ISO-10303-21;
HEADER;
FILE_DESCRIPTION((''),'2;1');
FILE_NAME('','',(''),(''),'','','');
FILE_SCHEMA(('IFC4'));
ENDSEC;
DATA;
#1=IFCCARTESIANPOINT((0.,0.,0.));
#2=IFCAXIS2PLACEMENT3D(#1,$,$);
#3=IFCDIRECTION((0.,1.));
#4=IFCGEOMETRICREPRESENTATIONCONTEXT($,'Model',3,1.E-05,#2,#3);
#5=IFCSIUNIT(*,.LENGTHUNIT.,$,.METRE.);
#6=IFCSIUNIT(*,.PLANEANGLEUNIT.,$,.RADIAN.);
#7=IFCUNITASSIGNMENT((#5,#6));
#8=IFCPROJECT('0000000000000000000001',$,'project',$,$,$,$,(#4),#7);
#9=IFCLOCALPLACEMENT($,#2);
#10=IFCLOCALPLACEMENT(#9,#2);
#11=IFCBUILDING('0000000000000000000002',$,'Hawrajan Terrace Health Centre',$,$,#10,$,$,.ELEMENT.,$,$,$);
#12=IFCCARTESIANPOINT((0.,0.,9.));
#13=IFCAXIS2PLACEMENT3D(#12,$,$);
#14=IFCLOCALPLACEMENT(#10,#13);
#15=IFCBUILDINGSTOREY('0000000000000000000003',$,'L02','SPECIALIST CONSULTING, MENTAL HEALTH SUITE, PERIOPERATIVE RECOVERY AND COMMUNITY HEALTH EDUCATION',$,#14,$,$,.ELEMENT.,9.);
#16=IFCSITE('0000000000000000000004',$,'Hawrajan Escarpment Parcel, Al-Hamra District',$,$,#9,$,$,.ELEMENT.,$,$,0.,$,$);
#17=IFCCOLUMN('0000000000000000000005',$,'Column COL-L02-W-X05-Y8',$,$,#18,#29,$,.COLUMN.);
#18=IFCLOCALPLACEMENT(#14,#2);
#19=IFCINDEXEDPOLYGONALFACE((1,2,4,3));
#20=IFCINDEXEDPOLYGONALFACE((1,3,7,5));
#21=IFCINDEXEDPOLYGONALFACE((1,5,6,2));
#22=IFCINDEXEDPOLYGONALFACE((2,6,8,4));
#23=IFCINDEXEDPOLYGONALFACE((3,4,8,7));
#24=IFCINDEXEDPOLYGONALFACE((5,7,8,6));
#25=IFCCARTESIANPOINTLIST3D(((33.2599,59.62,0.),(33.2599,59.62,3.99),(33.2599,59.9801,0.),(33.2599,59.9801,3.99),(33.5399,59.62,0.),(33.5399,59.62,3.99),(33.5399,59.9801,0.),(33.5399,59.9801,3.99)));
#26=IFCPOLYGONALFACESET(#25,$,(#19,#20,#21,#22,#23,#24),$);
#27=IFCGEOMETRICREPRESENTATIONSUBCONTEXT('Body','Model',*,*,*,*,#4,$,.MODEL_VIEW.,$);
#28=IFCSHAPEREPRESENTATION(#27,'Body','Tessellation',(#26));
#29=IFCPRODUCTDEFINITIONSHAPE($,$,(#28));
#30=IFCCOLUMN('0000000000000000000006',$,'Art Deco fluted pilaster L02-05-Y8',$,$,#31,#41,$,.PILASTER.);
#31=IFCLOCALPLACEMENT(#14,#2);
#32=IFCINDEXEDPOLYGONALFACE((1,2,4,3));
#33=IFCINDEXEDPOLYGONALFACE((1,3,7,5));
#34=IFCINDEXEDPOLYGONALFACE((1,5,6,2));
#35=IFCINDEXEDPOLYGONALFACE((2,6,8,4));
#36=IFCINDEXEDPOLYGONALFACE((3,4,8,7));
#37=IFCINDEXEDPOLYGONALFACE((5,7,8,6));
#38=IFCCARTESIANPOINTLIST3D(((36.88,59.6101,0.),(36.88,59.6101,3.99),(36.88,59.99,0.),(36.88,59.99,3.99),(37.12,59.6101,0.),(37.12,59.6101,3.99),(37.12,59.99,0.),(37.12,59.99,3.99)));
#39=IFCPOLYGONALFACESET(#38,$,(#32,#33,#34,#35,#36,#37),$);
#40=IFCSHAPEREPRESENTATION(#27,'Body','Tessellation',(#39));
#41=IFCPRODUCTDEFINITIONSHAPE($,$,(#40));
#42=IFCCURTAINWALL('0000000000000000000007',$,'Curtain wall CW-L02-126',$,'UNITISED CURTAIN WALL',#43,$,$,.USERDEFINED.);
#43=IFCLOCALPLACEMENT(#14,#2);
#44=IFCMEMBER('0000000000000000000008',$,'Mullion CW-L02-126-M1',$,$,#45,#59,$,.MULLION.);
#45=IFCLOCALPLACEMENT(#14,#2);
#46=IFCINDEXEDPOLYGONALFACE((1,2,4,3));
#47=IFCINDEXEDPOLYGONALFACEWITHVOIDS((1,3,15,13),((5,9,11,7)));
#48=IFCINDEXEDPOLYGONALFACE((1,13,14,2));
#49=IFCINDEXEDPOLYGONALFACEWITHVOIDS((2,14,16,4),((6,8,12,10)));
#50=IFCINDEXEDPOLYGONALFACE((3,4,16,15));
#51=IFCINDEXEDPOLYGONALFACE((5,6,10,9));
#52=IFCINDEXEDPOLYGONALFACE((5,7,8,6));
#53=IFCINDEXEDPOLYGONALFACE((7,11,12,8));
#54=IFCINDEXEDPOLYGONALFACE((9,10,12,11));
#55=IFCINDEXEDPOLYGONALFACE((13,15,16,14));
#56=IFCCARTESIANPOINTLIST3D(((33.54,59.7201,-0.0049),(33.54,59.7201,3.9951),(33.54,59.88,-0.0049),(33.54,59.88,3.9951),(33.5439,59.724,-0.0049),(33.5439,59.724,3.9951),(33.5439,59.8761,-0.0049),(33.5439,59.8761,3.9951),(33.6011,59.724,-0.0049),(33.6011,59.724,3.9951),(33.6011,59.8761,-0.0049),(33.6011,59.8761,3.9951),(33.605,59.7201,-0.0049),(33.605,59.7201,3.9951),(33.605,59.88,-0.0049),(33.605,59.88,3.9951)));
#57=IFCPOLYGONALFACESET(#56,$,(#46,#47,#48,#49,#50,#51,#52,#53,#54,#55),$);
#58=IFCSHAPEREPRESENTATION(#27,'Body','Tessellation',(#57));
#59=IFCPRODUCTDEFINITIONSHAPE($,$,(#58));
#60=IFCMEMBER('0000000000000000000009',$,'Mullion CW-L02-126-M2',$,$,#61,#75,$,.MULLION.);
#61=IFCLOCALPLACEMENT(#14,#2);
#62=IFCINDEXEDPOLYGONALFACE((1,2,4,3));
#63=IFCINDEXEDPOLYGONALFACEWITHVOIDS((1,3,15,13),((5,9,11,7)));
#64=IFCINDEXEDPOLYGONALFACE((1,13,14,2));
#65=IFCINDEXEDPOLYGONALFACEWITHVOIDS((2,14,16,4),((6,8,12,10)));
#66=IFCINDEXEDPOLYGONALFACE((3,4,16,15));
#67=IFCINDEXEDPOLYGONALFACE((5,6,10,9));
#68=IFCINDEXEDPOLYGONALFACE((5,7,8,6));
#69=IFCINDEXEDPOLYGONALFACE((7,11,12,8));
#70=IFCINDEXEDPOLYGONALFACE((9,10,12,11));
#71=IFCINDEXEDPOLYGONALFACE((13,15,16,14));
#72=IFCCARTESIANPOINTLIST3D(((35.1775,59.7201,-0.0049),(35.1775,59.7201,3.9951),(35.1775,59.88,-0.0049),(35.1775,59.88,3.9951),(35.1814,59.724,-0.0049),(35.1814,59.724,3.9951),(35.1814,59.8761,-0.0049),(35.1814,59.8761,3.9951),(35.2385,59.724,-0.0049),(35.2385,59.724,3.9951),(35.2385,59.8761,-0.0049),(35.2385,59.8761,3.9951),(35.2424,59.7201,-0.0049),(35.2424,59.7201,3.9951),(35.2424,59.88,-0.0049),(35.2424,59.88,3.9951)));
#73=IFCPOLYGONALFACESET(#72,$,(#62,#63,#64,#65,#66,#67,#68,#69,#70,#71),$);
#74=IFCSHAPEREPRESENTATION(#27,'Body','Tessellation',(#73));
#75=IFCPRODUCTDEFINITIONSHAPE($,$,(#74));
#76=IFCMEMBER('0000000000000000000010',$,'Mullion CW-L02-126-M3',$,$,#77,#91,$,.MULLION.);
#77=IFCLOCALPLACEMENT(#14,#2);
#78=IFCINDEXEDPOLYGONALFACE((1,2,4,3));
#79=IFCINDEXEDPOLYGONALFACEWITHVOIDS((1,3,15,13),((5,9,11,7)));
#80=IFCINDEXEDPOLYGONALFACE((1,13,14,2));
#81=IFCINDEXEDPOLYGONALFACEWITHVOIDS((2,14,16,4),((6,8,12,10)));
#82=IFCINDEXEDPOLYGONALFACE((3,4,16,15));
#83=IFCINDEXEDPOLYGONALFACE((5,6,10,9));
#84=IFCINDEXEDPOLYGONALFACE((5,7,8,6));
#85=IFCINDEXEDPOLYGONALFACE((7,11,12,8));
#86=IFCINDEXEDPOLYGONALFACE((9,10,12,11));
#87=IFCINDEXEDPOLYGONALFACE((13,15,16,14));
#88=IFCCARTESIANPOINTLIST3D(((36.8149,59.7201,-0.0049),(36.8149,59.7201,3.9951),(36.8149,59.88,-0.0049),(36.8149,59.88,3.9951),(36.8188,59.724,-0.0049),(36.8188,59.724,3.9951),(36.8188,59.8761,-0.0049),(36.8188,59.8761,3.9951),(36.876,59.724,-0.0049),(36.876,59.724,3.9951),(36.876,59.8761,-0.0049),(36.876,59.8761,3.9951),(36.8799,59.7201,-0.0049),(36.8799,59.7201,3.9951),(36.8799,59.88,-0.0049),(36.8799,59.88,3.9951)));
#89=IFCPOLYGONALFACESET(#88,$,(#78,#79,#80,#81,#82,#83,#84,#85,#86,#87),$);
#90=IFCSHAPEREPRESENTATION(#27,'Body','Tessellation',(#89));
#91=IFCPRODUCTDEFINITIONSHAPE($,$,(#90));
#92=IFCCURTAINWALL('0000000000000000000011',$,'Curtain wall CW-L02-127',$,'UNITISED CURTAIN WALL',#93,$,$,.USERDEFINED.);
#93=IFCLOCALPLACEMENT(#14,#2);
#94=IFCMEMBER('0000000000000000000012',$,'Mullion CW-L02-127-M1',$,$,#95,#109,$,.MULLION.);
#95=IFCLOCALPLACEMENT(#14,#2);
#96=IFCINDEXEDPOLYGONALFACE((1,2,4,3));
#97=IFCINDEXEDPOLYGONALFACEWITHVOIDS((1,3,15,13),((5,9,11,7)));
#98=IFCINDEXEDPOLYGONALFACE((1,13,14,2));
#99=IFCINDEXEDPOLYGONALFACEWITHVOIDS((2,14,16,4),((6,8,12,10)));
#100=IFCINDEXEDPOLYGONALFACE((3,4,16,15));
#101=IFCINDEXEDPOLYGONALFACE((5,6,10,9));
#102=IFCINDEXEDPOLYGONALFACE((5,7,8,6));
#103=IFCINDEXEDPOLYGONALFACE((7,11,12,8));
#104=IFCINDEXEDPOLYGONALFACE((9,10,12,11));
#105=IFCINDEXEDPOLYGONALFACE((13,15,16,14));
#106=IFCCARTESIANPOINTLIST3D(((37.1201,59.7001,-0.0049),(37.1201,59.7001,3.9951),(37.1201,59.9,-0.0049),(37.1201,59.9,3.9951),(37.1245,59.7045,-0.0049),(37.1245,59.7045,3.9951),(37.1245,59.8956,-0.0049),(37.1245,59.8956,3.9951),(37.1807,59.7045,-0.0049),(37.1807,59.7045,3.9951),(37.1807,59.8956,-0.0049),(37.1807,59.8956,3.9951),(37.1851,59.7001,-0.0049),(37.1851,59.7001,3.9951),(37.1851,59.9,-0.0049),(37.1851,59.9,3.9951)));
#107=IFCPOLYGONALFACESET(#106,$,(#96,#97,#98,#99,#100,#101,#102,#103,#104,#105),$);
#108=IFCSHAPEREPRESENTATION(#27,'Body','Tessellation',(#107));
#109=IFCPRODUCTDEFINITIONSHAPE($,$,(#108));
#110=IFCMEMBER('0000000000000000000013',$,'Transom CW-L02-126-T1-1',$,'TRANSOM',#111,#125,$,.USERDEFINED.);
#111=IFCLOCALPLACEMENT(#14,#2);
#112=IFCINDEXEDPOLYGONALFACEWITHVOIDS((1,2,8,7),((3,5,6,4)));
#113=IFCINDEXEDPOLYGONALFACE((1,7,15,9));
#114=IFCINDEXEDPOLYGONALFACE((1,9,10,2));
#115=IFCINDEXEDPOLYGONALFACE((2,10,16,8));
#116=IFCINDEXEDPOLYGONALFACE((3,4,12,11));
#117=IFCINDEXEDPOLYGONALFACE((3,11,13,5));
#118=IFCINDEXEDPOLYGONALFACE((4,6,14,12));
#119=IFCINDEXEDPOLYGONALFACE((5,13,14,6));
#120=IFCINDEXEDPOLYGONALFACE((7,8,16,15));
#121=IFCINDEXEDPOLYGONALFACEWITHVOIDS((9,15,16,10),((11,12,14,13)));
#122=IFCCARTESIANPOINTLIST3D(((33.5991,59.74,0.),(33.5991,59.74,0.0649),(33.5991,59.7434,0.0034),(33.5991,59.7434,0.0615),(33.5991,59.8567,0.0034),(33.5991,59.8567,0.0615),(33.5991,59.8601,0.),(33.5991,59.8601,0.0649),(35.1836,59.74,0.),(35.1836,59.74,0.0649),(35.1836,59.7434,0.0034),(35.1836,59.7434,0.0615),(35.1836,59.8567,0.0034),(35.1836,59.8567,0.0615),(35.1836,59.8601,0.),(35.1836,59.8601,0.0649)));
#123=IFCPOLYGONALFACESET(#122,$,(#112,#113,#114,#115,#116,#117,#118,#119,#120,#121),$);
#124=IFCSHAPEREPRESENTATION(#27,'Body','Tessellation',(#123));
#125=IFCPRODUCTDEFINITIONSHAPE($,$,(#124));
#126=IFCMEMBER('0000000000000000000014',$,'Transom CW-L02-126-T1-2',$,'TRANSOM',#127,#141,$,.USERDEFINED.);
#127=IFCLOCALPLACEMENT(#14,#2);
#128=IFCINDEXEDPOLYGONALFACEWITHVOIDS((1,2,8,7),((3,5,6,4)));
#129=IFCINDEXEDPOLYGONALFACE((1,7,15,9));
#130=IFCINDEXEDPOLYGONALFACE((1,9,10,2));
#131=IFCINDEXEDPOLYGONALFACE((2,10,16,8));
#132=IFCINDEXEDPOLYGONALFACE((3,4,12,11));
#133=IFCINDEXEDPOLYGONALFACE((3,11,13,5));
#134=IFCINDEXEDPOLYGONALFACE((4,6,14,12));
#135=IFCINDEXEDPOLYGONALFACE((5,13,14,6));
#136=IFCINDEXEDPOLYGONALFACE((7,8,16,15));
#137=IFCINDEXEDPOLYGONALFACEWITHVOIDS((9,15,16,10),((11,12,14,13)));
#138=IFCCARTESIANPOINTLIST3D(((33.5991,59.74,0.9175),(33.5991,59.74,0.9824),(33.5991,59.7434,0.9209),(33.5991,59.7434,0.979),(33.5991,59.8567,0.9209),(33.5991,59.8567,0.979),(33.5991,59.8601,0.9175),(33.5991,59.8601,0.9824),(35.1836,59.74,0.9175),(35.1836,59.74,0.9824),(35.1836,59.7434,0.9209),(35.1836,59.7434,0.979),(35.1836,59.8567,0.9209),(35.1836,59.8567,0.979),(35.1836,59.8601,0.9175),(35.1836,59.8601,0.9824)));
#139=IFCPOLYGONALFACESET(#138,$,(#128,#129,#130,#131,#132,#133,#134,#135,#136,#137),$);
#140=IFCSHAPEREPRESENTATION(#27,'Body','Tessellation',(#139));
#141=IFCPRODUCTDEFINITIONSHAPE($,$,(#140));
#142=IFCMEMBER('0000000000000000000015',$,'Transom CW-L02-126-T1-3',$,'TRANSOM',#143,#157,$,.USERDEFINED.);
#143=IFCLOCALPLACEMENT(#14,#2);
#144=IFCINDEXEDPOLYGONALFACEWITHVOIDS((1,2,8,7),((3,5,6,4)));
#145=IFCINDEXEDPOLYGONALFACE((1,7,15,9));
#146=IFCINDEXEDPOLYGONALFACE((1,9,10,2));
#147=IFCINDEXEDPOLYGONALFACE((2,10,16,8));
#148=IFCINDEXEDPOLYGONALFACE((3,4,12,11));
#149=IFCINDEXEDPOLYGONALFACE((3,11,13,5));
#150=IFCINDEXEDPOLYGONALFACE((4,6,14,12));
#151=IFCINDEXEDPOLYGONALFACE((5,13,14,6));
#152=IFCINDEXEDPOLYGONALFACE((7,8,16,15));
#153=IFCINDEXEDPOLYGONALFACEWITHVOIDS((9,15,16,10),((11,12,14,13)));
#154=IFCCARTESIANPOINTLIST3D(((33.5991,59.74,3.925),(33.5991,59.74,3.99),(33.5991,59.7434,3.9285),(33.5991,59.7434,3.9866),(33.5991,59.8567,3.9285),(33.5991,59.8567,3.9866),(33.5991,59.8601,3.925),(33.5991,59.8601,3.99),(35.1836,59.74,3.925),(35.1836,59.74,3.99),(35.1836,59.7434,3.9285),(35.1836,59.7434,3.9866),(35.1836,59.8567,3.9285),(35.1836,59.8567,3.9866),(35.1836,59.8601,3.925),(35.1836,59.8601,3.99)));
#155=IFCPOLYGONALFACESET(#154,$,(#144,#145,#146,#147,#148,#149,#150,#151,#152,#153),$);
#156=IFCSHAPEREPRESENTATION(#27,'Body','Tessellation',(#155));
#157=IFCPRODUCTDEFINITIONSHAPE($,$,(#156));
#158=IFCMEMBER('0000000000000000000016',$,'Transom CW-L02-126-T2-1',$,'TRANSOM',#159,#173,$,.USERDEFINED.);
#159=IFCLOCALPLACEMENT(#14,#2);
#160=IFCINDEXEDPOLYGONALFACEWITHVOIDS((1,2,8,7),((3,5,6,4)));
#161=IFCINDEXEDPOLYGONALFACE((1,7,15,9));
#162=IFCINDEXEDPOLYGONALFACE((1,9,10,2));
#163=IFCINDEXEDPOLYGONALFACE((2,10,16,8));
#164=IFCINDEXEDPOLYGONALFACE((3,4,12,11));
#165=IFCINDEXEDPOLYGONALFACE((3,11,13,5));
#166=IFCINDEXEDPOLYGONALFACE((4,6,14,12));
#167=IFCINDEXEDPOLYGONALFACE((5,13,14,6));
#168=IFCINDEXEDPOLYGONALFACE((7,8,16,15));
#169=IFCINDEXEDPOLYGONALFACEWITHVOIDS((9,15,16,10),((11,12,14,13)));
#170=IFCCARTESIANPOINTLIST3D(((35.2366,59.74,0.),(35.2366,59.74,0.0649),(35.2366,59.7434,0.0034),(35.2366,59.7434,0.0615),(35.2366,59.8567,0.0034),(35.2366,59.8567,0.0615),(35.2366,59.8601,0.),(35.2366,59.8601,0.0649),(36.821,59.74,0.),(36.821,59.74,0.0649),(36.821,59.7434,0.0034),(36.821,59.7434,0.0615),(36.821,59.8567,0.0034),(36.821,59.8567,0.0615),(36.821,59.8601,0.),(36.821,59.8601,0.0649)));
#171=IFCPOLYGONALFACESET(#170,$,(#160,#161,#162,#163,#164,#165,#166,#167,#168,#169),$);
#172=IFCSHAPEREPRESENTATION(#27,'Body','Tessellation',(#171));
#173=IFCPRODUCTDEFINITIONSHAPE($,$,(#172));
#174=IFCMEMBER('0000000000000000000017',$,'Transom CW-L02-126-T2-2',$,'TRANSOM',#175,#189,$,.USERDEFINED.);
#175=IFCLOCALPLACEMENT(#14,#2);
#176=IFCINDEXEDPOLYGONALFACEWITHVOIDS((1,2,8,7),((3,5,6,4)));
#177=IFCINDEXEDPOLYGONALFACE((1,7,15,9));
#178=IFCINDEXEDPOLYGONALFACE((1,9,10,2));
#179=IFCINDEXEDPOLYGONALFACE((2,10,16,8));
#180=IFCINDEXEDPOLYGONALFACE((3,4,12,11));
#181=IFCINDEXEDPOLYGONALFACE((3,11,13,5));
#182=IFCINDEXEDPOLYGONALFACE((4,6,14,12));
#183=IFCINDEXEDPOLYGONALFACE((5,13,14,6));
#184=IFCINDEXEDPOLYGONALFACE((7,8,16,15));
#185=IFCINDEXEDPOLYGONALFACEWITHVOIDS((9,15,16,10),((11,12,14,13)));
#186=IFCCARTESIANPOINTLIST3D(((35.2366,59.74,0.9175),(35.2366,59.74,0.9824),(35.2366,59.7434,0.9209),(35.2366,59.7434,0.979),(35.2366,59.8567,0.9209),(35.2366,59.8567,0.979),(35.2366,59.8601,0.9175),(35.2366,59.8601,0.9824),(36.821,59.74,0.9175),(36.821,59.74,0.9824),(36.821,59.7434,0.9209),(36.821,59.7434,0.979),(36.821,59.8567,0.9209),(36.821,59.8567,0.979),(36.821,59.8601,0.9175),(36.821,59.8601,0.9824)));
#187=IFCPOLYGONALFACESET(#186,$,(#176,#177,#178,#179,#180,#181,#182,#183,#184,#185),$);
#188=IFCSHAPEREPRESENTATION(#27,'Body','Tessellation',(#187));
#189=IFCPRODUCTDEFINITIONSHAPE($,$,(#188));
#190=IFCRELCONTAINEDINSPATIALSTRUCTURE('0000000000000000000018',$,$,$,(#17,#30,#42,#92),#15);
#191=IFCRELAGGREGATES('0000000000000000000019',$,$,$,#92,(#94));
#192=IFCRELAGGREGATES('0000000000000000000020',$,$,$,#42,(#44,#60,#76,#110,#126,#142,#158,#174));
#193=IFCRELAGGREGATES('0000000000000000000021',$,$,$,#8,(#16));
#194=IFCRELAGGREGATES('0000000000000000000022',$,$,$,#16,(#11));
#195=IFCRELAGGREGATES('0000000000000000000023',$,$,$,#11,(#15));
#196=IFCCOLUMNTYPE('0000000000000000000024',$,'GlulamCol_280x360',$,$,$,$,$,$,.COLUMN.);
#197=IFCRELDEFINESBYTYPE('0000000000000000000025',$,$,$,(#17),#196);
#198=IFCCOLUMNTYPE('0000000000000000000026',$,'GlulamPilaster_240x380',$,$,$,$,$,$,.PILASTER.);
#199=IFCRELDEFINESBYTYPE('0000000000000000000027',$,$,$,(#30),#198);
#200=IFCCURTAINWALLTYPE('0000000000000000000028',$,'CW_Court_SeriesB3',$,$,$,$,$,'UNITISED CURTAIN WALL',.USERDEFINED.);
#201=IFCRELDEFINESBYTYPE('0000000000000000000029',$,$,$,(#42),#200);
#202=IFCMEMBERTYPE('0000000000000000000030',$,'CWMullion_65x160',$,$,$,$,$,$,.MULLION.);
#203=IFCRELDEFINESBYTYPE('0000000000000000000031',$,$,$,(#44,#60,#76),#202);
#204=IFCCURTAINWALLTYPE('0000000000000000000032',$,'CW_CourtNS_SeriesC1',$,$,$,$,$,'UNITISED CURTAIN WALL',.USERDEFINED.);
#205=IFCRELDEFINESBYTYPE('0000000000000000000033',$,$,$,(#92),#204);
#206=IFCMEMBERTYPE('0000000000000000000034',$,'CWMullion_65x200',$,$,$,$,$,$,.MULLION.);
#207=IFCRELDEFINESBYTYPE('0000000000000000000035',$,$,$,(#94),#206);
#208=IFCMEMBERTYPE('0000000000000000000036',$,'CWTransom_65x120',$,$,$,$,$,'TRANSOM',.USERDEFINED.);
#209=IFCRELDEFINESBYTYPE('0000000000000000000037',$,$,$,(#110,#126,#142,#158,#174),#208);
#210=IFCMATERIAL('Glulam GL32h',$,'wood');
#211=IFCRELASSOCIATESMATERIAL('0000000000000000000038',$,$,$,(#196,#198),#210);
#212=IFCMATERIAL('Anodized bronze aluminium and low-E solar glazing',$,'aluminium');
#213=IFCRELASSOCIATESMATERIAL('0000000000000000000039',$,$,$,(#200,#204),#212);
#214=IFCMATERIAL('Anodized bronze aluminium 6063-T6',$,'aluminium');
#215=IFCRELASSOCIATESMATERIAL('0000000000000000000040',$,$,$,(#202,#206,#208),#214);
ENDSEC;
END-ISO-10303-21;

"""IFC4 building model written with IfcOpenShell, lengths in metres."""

from ifc_helpers import new_model, si_unit, direction, frame, origin, origin_2d, place, context, subcontext, project, spatial, rectangle, hollow_rectangle, extrude, material, material_profile, profile_set, type_object, element, aggregate, save


model = new_model("IFC4")

# Units and contexts
model_context = context("Model", 3, precision=1e-05, world=origin(), true_north=direction((0.0, 1.0)))
body_context = subcontext(model_context, "Body", "Model", "MODEL_VIEW")
ifc_project = project(units=[si_unit("LENGTHUNIT", "METRE"), si_unit("PLANEANGLEUNIT", "RADIAN")], contexts=[model_context])

# Site, building, storey
site_placement = place(None, origin())
site = spatial("IfcSite", under=ifc_project, at=site_placement, Name="Hawrajan Escarpment Parcel, Al-Hamra District", CompositionType="ELEMENT", RefElevation=0.0)
building_placement = place(site_placement, origin())
building = spatial("IfcBuilding", under=site, at=building_placement, Name="Hawrajan Terrace Health Centre", CompositionType="ELEMENT")
storey_placement = place(building_placement, frame((0.0, 0.0, 9.0)))
storey = spatial("IfcBuildingStorey", under=building, at=storey_placement, Name="L02", Description="SPECIALIST CONSULTING, MENTAL HEALTH SUITE, PERIOPERATIVE RECOVERY AND COMMUNITY HEALTH EDUCATION", CompositionType="ELEMENT", Elevation=9.0)

# Columns
ifc_material_1 = material(Name="Glulam GL32h", Category="wood")
ifc_material_profile_1 = material_profile(ifc_material_1, rectangle(XDim=0.28, YDim=0.3601, at=origin_2d()), Name="GL 280x360")
ifc_profile_set_1 = profile_set([ifc_material_profile_1], Name="Glulam GL32h")
column_type_1 = type_object("IfcColumnType", Name="GlulamCol_280x360", PredefinedType="COLUMN", material=ifc_profile_set_1)
column_1_placement = place(storey_placement, frame((33.3999, 59.8, 0.0), z_axis=(0.0, 0.0, 1.0), x_axis=(1.0, 0.0, 0.0)))
element("IfcColumn", 1, at=column_1_placement, inside=storey, type_object=column_type_1, Name="Column COL-L02-W-X05-Y8", PredefinedType="COLUMN", context=body_context, shape_type="SweptSolid", body=[
    extrude(rectangle(XDim=0.28, YDim=0.3601, at=origin_2d()), origin(), (0.0, 0.0, 1.0), 3.99),
])
ifc_material_profile_2 = material_profile(ifc_material_1, rectangle(XDim=0.24, YDim=0.3799, at=origin_2d()), Name="GL PIL 240x380")
ifc_profile_set_2 = profile_set([ifc_material_profile_2], Name="Glulam GL32h")
column_type_2 = type_object("IfcColumnType", Name="GlulamPilaster_240x380", PredefinedType="PILASTER", material=ifc_profile_set_2)
column_2_placement = place(storey_placement, frame((37.0, 59.8, 0.0), z_axis=(0.0, 0.0, 1.0), x_axis=(1.0, 0.0, 0.0)))
element("IfcColumn", 2, at=column_2_placement, inside=storey, type_object=column_type_2, Name="Art Deco fluted pilaster L02-05-Y8", PredefinedType="PILASTER", context=body_context, shape_type="SweptSolid", body=[
    extrude(rectangle(XDim=0.24, YDim=0.3799, at=origin_2d()), origin(), (0.0, 0.0, 1.0), 3.99),
])

# Curtain wall, members
ifc_material_2 = material(Name="Anodized bronze aluminium and low-E solar glazing", Category="aluminium")
curtain_wall_type_1 = type_object("IfcCurtainWallType", Name="CW_Court_SeriesB3", ElementType="UNITISED CURTAIN WALL", PredefinedType="USERDEFINED", material=ifc_material_2)
curtain_wall_1_placement = place(storey_placement, origin())
curtain_wall_1 = element("IfcCurtainWall", 3, at=curtain_wall_1_placement, inside=storey, type_object=curtain_wall_type_1, Name="Curtain wall CW-L02-126", ObjectType="UNITISED CURTAIN WALL", PredefinedType="USERDEFINED")
ifc_material_3 = material(Name="Anodized bronze aluminium 6063-T6", Category="aluminium")
ifc_material_profile_3 = material_profile(ifc_material_3, hollow_rectangle(XDim=0.0649, YDim=0.1599, WallThickness=0.0039, at=origin_2d()), Name="CW MUL 65x160")
ifc_profile_set_3 = profile_set([ifc_material_profile_3], Name="Anodized bronze aluminium 6063-T6")
member_type_1 = type_object("IfcMemberType", Name="CWMullion_65x160", PredefinedType="MULLION", material=ifc_profile_set_3)
member_1_placement = place(storey_placement, frame((33.5725, 59.8, -0.0049), z_axis=(0.0, 0.0, 1.0), x_axis=(1.0, 0.0, 0.0)))
member_1 = element("IfcMember", 4, at=member_1_placement, type_object=member_type_1, Name="Mullion CW-L02-126-M1", PredefinedType="MULLION", context=body_context, shape_type="SweptSolid", body=[
    extrude(hollow_rectangle(XDim=0.0649, YDim=0.1599, WallThickness=0.0039, at=origin_2d()), origin(), (0.0, 0.0, 1.0), 4.0),
])
member_2_placement = place(storey_placement, frame((35.21, 59.8, -0.0049), z_axis=(0.0, 0.0, 1.0), x_axis=(1.0, 0.0, 0.0)))
member_2 = element("IfcMember", 5, at=member_2_placement, type_object=member_type_1, Name="Mullion CW-L02-126-M2", PredefinedType="MULLION", context=body_context, shape_type="SweptSolid", body=[
    extrude(hollow_rectangle(XDim=0.0649, YDim=0.1599, WallThickness=0.0039, at=origin_2d()), origin(), (0.0, 0.0, 1.0), 4.0),
])
member_3_placement = place(storey_placement, frame((36.8474, 59.8, -0.0049), z_axis=(0.0, 0.0, 1.0), x_axis=(1.0, 0.0, 0.0)))
member_3 = element("IfcMember", 6, at=member_3_placement, type_object=member_type_1, Name="Mullion CW-L02-126-M3", PredefinedType="MULLION", context=body_context, shape_type="SweptSolid", body=[
    extrude(hollow_rectangle(XDim=0.0649, YDim=0.1599, WallThickness=0.0039, at=origin_2d()), origin(), (0.0, 0.0, 1.0), 4.0),
])

# Curtain wall, member
curtain_wall_type_2 = type_object("IfcCurtainWallType", Name="CW_CourtNS_SeriesC1", ElementType="UNITISED CURTAIN WALL", PredefinedType="USERDEFINED", material=ifc_material_2)
curtain_wall_2_placement = place(storey_placement, origin())
curtain_wall_2 = element("IfcCurtainWall", 7, at=curtain_wall_2_placement, inside=storey, type_object=curtain_wall_type_2, Name="Curtain wall CW-L02-127", ObjectType="UNITISED CURTAIN WALL", PredefinedType="USERDEFINED")
ifc_material_profile_4 = material_profile(ifc_material_3, hollow_rectangle(XDim=0.0649, YDim=0.2, WallThickness=0.0044, at=origin_2d()), Name="CW MUL 65x200")
ifc_profile_set_4 = profile_set([ifc_material_profile_4], Name="Anodized bronze aluminium 6063-T6")
member_type_2 = type_object("IfcMemberType", Name="CWMullion_65x200", PredefinedType="MULLION", material=ifc_profile_set_4)
member_4_placement = place(storey_placement, frame((37.1526, 59.8, -0.0049), z_axis=(0.0, 0.0, 1.0), x_axis=(1.0, 0.0, 0.0)))
member_4 = element("IfcMember", 8, at=member_4_placement, type_object=member_type_2, Name="Mullion CW-L02-127-M1", PredefinedType="MULLION", context=body_context, shape_type="SweptSolid", body=[
    extrude(hollow_rectangle(XDim=0.0649, YDim=0.2, WallThickness=0.0044, at=origin_2d()), origin(), (0.0, 0.0, 1.0), 4.0),
])

# Members
ifc_material_profile_5 = material_profile(ifc_material_3, hollow_rectangle(XDim=0.0649, YDim=0.1201, WallThickness=0.0034, at=origin_2d()), Name="CW TRN 65x120")
ifc_profile_set_5 = profile_set([ifc_material_profile_5], Name="Anodized bronze aluminium 6063-T6")
member_type_3 = type_object("IfcMemberType", Name="CWTransom_65x120", ElementType="TRANSOM", PredefinedType="USERDEFINED", material=ifc_profile_set_5)
member_5_placement = place(storey_placement, frame((33.5991, 59.8, 0.0325), z_axis=(1.0, 0.0, 0.0), x_axis=(0.0, 0.0, 1.0)))
member_5 = element("IfcMember", 9, at=member_5_placement, type_object=member_type_3, Name="Transom CW-L02-126-T1-1", ObjectType="TRANSOM", PredefinedType="USERDEFINED", context=body_context, shape_type="SweptSolid", body=[
    extrude(hollow_rectangle(XDim=0.0649, YDim=0.1201, WallThickness=0.0034, at=origin_2d()), origin(), (0.0, 0.0, 1.0), 1.5845),
])
member_6_placement = place(storey_placement, frame((33.5991, 59.8, 0.95), z_axis=(1.0, 0.0, 0.0), x_axis=(0.0, 0.0, 1.0)))
member_6 = element("IfcMember", 10, at=member_6_placement, type_object=member_type_3, Name="Transom CW-L02-126-T1-2", ObjectType="TRANSOM", PredefinedType="USERDEFINED", context=body_context, shape_type="SweptSolid", body=[
    extrude(hollow_rectangle(XDim=0.0649, YDim=0.1201, WallThickness=0.0034, at=origin_2d()), origin(), (0.0, 0.0, 1.0), 1.5845),
])
member_7_placement = place(storey_placement, frame((33.5991, 59.8, 3.9575), z_axis=(1.0, 0.0, 0.0), x_axis=(0.0, 0.0, 1.0)))
member_7 = element("IfcMember", 11, at=member_7_placement, type_object=member_type_3, Name="Transom CW-L02-126-T1-3", ObjectType="TRANSOM", PredefinedType="USERDEFINED", context=body_context, shape_type="SweptSolid", body=[
    extrude(hollow_rectangle(XDim=0.0649, YDim=0.1201, WallThickness=0.0034, at=origin_2d()), origin(), (0.0, 0.0, 1.0), 1.5845),
])
member_8_placement = place(storey_placement, frame((35.2366, 59.8, 0.0325), z_axis=(1.0, 0.0, 0.0), x_axis=(0.0, 0.0, 1.0)))
member_8 = element("IfcMember", 12, at=member_8_placement, type_object=member_type_3, Name="Transom CW-L02-126-T2-1", ObjectType="TRANSOM", PredefinedType="USERDEFINED", context=body_context, shape_type="SweptSolid", body=[
    extrude(hollow_rectangle(XDim=0.0649, YDim=0.1201, WallThickness=0.0034, at=origin_2d()), origin(), (0.0, 0.0, 1.0), 1.5845),
])
member_9_placement = place(storey_placement, frame((35.2366, 59.8, 0.95), z_axis=(1.0, 0.0, 0.0), x_axis=(0.0, 0.0, 1.0)))
member_9 = element("IfcMember", 13, at=member_9_placement, type_object=member_type_3, Name="Transom CW-L02-126-T2-2", ObjectType="TRANSOM", PredefinedType="USERDEFINED", context=body_context, shape_type="SweptSolid", body=[
    extrude(hollow_rectangle(XDim=0.0649, YDim=0.1201, WallThickness=0.0034, at=origin_2d()), origin(), (0.0, 0.0, 1.0), 1.5845),
])
aggregate(curtain_wall_2, [member_4])

aggregate(curtain_wall_1, [member_1, member_2, member_3, member_5, member_6, member_7, member_8, member_9])

save(model, "model.ifc")
